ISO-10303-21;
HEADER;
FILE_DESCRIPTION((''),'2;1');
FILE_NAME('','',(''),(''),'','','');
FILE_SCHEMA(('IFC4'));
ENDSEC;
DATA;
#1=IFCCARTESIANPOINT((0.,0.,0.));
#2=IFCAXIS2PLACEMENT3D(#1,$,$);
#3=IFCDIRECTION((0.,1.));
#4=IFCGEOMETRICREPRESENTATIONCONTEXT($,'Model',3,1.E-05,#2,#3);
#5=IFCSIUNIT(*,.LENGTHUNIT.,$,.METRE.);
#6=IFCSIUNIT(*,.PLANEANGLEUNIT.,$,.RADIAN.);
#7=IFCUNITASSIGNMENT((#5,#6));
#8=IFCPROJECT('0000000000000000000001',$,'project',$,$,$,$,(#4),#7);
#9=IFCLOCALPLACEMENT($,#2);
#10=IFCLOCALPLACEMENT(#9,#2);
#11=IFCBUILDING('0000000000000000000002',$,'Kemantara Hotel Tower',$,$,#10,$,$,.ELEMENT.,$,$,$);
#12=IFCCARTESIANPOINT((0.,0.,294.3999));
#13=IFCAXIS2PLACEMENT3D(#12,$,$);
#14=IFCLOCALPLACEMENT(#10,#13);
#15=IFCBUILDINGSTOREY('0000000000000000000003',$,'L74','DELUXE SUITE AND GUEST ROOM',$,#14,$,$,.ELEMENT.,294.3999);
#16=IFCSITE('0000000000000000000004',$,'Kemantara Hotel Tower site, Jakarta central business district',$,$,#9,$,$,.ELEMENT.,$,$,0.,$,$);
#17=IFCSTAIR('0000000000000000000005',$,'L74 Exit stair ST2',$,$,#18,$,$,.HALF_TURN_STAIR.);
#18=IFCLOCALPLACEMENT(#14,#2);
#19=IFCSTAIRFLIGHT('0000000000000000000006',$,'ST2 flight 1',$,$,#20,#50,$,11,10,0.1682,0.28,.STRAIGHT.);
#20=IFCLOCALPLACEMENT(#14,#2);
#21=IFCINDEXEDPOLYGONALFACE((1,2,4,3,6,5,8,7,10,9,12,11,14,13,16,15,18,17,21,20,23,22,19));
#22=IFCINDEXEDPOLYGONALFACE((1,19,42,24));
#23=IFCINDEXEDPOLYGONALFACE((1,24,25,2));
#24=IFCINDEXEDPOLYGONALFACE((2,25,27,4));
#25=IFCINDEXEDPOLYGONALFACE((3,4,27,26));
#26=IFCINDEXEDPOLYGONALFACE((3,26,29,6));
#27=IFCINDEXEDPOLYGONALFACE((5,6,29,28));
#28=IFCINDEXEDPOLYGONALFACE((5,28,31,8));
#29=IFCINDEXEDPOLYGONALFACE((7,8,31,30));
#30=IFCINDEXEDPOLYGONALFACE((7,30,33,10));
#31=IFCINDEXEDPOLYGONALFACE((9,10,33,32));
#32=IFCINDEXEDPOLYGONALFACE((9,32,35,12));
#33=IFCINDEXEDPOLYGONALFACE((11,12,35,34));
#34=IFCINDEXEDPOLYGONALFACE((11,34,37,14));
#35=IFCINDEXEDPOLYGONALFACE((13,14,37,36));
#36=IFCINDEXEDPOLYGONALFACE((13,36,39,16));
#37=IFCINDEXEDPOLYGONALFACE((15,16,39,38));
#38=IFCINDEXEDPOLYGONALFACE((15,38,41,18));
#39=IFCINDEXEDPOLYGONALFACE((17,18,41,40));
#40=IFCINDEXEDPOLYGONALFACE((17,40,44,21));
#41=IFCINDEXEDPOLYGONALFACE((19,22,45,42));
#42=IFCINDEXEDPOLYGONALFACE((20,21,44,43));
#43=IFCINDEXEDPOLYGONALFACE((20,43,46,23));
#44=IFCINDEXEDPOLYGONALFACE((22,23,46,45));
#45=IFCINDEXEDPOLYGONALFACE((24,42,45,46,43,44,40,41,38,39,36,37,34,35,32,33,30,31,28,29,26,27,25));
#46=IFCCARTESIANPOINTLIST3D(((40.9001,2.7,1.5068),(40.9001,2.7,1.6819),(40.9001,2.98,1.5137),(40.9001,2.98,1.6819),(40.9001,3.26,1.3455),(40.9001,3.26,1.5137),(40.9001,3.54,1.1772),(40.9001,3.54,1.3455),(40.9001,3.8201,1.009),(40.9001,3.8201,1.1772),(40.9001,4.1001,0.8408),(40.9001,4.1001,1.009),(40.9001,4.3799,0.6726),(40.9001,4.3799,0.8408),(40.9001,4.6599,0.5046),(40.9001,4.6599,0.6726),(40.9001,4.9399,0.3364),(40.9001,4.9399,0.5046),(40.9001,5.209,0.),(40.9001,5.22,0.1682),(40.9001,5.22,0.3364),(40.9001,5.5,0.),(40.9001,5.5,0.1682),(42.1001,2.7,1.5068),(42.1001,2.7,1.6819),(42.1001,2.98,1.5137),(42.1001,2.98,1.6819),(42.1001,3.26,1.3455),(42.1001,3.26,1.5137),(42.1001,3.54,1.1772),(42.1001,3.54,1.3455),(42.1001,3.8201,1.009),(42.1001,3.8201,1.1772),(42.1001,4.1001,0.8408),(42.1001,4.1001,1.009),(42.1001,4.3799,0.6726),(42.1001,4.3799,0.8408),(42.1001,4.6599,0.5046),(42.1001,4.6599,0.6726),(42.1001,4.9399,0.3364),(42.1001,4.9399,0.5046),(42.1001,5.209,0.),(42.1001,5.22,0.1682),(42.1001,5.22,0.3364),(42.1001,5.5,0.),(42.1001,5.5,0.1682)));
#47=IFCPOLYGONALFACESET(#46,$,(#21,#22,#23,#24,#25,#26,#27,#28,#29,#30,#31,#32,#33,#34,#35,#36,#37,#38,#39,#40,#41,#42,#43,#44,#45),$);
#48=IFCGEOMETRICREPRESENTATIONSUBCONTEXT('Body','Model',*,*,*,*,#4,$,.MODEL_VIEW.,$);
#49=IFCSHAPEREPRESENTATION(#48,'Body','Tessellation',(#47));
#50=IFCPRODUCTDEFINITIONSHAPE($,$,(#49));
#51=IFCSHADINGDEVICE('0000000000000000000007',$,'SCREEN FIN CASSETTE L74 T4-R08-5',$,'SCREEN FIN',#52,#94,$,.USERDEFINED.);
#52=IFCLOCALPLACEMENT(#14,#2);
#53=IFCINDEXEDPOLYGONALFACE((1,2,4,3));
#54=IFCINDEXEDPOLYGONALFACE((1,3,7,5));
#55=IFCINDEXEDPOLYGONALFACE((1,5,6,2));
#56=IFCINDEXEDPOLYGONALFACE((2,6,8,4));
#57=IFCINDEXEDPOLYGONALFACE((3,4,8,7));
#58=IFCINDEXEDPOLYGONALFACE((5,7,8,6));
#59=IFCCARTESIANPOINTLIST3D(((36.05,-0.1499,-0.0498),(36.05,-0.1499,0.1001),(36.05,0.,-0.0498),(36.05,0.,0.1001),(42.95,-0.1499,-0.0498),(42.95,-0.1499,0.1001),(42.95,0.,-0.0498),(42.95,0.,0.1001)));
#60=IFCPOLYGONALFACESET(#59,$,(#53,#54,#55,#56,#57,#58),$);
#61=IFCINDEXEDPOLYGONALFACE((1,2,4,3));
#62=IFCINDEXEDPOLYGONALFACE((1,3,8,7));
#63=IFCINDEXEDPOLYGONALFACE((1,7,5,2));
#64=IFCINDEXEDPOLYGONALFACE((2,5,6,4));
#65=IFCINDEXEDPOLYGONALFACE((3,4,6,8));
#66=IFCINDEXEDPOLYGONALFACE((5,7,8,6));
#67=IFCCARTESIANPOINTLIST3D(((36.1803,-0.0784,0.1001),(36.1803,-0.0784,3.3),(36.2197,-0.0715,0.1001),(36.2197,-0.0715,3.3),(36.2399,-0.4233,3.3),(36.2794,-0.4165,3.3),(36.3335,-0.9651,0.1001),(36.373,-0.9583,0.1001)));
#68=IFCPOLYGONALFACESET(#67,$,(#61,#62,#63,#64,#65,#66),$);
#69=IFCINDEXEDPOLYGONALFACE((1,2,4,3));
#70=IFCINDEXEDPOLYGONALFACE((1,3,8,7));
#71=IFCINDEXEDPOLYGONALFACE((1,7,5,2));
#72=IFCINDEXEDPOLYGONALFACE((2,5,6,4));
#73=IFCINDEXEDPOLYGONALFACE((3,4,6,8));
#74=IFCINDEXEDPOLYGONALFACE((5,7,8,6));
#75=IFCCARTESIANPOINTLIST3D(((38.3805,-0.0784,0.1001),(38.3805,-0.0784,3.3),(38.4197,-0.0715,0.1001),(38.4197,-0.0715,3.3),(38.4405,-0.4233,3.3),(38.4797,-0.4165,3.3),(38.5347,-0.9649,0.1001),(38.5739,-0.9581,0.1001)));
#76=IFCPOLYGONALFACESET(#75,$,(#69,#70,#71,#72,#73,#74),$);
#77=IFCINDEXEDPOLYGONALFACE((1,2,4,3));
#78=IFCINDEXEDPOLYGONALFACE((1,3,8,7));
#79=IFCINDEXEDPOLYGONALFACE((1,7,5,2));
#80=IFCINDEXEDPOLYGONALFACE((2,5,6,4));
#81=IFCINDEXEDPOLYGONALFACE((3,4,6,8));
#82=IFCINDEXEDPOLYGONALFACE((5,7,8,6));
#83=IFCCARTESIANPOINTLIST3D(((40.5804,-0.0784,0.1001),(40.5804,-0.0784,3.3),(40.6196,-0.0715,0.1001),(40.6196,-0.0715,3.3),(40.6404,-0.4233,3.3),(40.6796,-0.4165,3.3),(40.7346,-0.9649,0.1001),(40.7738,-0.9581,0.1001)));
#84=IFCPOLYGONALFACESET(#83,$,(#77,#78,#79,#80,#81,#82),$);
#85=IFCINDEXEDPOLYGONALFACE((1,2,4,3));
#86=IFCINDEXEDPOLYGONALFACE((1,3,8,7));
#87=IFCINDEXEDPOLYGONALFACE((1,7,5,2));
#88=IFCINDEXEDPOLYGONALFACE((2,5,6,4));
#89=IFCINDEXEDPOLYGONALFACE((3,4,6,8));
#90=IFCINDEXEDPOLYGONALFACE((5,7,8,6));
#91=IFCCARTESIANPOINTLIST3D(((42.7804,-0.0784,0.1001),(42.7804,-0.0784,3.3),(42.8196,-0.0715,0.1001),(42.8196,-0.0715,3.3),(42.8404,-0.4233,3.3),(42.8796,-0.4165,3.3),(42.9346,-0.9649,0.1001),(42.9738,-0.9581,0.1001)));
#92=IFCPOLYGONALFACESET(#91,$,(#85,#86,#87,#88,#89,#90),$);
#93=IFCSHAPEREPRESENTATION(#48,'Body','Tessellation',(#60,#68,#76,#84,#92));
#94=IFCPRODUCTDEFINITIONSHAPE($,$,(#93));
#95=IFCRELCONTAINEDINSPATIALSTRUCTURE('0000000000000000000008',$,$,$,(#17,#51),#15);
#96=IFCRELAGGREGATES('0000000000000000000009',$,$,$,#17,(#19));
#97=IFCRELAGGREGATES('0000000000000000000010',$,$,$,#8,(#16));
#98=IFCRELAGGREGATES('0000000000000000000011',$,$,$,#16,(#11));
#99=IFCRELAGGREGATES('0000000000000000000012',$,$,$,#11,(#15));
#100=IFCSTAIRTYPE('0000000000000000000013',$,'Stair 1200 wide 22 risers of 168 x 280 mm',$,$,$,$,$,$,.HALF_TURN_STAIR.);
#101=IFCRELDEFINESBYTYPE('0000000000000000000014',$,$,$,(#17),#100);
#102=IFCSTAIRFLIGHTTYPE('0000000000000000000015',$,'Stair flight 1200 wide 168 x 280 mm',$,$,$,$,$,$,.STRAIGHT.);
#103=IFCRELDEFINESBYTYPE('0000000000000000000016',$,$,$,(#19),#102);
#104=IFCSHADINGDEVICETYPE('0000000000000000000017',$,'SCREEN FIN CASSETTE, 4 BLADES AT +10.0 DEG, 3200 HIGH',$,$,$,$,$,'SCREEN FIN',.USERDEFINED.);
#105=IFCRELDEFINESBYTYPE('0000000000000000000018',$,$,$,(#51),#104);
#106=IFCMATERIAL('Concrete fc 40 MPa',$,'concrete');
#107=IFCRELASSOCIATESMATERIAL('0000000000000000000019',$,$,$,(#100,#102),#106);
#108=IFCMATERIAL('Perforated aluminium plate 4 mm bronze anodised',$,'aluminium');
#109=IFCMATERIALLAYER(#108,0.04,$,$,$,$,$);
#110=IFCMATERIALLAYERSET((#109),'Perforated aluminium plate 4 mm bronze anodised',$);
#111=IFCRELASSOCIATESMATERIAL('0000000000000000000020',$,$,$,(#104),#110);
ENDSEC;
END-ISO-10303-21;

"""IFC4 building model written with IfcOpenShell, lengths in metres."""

from ifc_helpers import new_model, si_unit, direction, frame, origin, origin_2d, place, context, subcontext, project, spatial, polyline, rectangle, outline, extrude, source, transform, mapped, material, layer, layer_set, type_object, element, aggregate, save


model = new_model("IFC4")

# Units and contexts
model_context = context("Model", 3, precision=1e-05, world=origin(), true_north=direction((0.0, 1.0)))
body_context = subcontext(model_context, "Body", "Model", "MODEL_VIEW")
ifc_project = project(units=[si_unit("LENGTHUNIT", "METRE"), si_unit("PLANEANGLEUNIT", "RADIAN")], contexts=[model_context])

# Site, building, storey
site_placement = place(None, origin())
site = spatial("IfcSite", under=ifc_project, at=site_placement, Name="Kemantara Hotel Tower site, Jakarta central business district", CompositionType="ELEMENT", RefElevation=0.0)
building_placement = place(site_placement, origin())
building = spatial("IfcBuilding", under=site, at=building_placement, Name="Kemantara Hotel Tower", CompositionType="ELEMENT")
storey_placement = place(building_placement, frame((0.0, 0.0, 294.3999)))
storey = spatial("IfcBuildingStorey", under=building, at=storey_placement, Name="L74", Description="DELUXE SUITE AND GUEST ROOM", CompositionType="ELEMENT", Elevation=294.3999)

# Stair, stair flight
ifc_material_1 = material(Name="Concrete fc 40 MPa", Category="concrete")
stair_type = type_object("IfcStairType", Name="Stair 1200 wide 22 risers of 168 x 280 mm", PredefinedType="HALF_TURN_STAIR", material=ifc_material_1)
stair_placement = place(storey_placement, origin())
stair = element("IfcStair", 1, at=stair_placement, inside=storey, type_object=stair_type, Name="L74 Exit stair ST2", PredefinedType="HALF_TURN_STAIR")
stair_flight_type = type_object("IfcStairFlightType", Name="Stair flight 1200 wide 168 x 280 mm", PredefinedType="STRAIGHT", material=ifc_material_1)
stair_flight_placement = place(storey_placement, frame((41.5, 5.5, 0.0), z_axis=(0.0, 0.0, 1.0), x_axis=(0.0, -1.0, 0.0)))
stair_flight = element("IfcStairFlight", 2, at=stair_flight_placement, type_object=stair_flight_type, Name="ST2 flight 1", NumberOfRisers=11, NumberOfTreads=10, PredefinedType="STRAIGHT", RiserHeight=0.1682, TreadLength=0.28, context=body_context, shape_type="SweptSolid", body=[
    extrude(outline(polyline([(0.0, 0.0), (0.0, 0.1682), (0.28, 0.1682), (0.28, 0.3364), (0.5601, 0.3364), (0.5601, 0.5046), (0.8401, 0.5046), (0.8401, 0.6726), (1.1201, 0.6726), (1.1201, 0.8408), (1.3999, 0.8408), (1.3999, 1.009), (1.6799, 1.009), (1.6799, 1.1772), (1.96, 1.1772), (1.96, 1.3455), (2.24, 1.3455), (2.24, 1.5137), (2.52, 1.5137), (2.52, 1.6819), (2.8, 1.6819), (2.8, 1.8501), (2.8, 1.5068), (0.291, 0.0), (0.0, 0.0)])), frame((0.0, 0.6001, 0.0), z_axis=(0.0, -1.0, 0.0), x_axis=(1.0, 0.0, 0.0)), (0.0, 0.0, 1.0), 1.2),
])
aggregate(stair, [stair_flight])

# Shading device
ifc_material_2 = material(Name="Perforated aluminium plate 4 mm bronze anodised", Category="aluminium")
ifc_layer_1 = layer(ifc_material_2, 0.04)
ifc_layer_set_1 = layer_set([ifc_layer_1], Name="Perforated aluminium plate 4 mm bronze anodised")
shading_device_type = type_object("IfcShadingDeviceType", Name="SCREEN FIN CASSETTE, 4 BLADES AT +10.0 DEG, 3200 HIGH", ElementType="SCREEN FIN", PredefinedType="USERDEFINED", material=ifc_layer_set_1)
shared_shape = source(origin(), body_context, "Body", "SweptSolid", [
    extrude(rectangle(XDim=6.8999, YDim=0.1499, at=origin_2d()), frame((3.3, -0.075, -0.1499), z_axis=(0.0, 0.0, 1.0), x_axis=(1.0, 0.0, 0.0)), (0.0, 0.0, 1.0), 0.1499),
    extrude(outline(polyline([(0.0, 0.0), (0.8999, 0.0), (0.3501, 3.2), (0.0, 3.2), (0.0, 0.0)])), frame((0.0198, -0.0715, 0.0), z_axis=(-0.98539, -0.170314, 0.0), x_axis=(0.170314, -0.98539, 0.0)), (0.0, 0.0, 1.0), 0.04),
    extrude(outline(polyline([(0.0, 0.0), (0.8999, 0.0), (0.3501, 3.2), (0.0, 3.2), (0.0, 0.0)])), frame((2.2197, -0.0715, 0.0), z_axis=(-0.985212, -0.171341, 0.0), x_axis=(0.171341, -0.985212, 0.0)), (0.0, 0.0, 1.0), 0.0398),
    extrude(outline(polyline([(0.0, 0.0), (0.8999, 0.0), (0.3501, 3.2), (0.0, 3.2), (0.0, 0.0)])), frame((4.4197, -0.0715, 0.0), z_axis=(-0.985212, -0.171341, 0.0), x_axis=(0.171341, -0.985212, 0.0)), (0.0, 0.0, 1.0), 0.0398),
    extrude(outline(polyline([(0.0, 0.0), (0.8999, 0.0), (0.3501, 3.2), (0.0, 3.2), (0.0, 0.0)])), frame((6.6196, -0.0715, 0.0), z_axis=(-0.985212, -0.171341, 0.0), x_axis=(0.171341, -0.985212, 0.0)), (0.0, 0.0, 1.0), 0.0398),
])
shading_device_placement = place(storey_placement, frame((36.2, 0.0, 0.1001), z_axis=(0.0, 0.0, 1.0), x_axis=(1.0, 0.0, 0.0)))
element("IfcShadingDevice", 3, at=shading_device_placement, inside=storey, type_object=shading_device_type, Name="SCREEN FIN CASSETTE L74 T4-R08-5", ObjectType="SCREEN FIN", PredefinedType="USERDEFINED", context=body_context, shape_type="MappedRepresentation", body=[
    mapped(shared_shape, transform((0.0, 0.0, 0.0))),
])

save(model, "model.ifc")
